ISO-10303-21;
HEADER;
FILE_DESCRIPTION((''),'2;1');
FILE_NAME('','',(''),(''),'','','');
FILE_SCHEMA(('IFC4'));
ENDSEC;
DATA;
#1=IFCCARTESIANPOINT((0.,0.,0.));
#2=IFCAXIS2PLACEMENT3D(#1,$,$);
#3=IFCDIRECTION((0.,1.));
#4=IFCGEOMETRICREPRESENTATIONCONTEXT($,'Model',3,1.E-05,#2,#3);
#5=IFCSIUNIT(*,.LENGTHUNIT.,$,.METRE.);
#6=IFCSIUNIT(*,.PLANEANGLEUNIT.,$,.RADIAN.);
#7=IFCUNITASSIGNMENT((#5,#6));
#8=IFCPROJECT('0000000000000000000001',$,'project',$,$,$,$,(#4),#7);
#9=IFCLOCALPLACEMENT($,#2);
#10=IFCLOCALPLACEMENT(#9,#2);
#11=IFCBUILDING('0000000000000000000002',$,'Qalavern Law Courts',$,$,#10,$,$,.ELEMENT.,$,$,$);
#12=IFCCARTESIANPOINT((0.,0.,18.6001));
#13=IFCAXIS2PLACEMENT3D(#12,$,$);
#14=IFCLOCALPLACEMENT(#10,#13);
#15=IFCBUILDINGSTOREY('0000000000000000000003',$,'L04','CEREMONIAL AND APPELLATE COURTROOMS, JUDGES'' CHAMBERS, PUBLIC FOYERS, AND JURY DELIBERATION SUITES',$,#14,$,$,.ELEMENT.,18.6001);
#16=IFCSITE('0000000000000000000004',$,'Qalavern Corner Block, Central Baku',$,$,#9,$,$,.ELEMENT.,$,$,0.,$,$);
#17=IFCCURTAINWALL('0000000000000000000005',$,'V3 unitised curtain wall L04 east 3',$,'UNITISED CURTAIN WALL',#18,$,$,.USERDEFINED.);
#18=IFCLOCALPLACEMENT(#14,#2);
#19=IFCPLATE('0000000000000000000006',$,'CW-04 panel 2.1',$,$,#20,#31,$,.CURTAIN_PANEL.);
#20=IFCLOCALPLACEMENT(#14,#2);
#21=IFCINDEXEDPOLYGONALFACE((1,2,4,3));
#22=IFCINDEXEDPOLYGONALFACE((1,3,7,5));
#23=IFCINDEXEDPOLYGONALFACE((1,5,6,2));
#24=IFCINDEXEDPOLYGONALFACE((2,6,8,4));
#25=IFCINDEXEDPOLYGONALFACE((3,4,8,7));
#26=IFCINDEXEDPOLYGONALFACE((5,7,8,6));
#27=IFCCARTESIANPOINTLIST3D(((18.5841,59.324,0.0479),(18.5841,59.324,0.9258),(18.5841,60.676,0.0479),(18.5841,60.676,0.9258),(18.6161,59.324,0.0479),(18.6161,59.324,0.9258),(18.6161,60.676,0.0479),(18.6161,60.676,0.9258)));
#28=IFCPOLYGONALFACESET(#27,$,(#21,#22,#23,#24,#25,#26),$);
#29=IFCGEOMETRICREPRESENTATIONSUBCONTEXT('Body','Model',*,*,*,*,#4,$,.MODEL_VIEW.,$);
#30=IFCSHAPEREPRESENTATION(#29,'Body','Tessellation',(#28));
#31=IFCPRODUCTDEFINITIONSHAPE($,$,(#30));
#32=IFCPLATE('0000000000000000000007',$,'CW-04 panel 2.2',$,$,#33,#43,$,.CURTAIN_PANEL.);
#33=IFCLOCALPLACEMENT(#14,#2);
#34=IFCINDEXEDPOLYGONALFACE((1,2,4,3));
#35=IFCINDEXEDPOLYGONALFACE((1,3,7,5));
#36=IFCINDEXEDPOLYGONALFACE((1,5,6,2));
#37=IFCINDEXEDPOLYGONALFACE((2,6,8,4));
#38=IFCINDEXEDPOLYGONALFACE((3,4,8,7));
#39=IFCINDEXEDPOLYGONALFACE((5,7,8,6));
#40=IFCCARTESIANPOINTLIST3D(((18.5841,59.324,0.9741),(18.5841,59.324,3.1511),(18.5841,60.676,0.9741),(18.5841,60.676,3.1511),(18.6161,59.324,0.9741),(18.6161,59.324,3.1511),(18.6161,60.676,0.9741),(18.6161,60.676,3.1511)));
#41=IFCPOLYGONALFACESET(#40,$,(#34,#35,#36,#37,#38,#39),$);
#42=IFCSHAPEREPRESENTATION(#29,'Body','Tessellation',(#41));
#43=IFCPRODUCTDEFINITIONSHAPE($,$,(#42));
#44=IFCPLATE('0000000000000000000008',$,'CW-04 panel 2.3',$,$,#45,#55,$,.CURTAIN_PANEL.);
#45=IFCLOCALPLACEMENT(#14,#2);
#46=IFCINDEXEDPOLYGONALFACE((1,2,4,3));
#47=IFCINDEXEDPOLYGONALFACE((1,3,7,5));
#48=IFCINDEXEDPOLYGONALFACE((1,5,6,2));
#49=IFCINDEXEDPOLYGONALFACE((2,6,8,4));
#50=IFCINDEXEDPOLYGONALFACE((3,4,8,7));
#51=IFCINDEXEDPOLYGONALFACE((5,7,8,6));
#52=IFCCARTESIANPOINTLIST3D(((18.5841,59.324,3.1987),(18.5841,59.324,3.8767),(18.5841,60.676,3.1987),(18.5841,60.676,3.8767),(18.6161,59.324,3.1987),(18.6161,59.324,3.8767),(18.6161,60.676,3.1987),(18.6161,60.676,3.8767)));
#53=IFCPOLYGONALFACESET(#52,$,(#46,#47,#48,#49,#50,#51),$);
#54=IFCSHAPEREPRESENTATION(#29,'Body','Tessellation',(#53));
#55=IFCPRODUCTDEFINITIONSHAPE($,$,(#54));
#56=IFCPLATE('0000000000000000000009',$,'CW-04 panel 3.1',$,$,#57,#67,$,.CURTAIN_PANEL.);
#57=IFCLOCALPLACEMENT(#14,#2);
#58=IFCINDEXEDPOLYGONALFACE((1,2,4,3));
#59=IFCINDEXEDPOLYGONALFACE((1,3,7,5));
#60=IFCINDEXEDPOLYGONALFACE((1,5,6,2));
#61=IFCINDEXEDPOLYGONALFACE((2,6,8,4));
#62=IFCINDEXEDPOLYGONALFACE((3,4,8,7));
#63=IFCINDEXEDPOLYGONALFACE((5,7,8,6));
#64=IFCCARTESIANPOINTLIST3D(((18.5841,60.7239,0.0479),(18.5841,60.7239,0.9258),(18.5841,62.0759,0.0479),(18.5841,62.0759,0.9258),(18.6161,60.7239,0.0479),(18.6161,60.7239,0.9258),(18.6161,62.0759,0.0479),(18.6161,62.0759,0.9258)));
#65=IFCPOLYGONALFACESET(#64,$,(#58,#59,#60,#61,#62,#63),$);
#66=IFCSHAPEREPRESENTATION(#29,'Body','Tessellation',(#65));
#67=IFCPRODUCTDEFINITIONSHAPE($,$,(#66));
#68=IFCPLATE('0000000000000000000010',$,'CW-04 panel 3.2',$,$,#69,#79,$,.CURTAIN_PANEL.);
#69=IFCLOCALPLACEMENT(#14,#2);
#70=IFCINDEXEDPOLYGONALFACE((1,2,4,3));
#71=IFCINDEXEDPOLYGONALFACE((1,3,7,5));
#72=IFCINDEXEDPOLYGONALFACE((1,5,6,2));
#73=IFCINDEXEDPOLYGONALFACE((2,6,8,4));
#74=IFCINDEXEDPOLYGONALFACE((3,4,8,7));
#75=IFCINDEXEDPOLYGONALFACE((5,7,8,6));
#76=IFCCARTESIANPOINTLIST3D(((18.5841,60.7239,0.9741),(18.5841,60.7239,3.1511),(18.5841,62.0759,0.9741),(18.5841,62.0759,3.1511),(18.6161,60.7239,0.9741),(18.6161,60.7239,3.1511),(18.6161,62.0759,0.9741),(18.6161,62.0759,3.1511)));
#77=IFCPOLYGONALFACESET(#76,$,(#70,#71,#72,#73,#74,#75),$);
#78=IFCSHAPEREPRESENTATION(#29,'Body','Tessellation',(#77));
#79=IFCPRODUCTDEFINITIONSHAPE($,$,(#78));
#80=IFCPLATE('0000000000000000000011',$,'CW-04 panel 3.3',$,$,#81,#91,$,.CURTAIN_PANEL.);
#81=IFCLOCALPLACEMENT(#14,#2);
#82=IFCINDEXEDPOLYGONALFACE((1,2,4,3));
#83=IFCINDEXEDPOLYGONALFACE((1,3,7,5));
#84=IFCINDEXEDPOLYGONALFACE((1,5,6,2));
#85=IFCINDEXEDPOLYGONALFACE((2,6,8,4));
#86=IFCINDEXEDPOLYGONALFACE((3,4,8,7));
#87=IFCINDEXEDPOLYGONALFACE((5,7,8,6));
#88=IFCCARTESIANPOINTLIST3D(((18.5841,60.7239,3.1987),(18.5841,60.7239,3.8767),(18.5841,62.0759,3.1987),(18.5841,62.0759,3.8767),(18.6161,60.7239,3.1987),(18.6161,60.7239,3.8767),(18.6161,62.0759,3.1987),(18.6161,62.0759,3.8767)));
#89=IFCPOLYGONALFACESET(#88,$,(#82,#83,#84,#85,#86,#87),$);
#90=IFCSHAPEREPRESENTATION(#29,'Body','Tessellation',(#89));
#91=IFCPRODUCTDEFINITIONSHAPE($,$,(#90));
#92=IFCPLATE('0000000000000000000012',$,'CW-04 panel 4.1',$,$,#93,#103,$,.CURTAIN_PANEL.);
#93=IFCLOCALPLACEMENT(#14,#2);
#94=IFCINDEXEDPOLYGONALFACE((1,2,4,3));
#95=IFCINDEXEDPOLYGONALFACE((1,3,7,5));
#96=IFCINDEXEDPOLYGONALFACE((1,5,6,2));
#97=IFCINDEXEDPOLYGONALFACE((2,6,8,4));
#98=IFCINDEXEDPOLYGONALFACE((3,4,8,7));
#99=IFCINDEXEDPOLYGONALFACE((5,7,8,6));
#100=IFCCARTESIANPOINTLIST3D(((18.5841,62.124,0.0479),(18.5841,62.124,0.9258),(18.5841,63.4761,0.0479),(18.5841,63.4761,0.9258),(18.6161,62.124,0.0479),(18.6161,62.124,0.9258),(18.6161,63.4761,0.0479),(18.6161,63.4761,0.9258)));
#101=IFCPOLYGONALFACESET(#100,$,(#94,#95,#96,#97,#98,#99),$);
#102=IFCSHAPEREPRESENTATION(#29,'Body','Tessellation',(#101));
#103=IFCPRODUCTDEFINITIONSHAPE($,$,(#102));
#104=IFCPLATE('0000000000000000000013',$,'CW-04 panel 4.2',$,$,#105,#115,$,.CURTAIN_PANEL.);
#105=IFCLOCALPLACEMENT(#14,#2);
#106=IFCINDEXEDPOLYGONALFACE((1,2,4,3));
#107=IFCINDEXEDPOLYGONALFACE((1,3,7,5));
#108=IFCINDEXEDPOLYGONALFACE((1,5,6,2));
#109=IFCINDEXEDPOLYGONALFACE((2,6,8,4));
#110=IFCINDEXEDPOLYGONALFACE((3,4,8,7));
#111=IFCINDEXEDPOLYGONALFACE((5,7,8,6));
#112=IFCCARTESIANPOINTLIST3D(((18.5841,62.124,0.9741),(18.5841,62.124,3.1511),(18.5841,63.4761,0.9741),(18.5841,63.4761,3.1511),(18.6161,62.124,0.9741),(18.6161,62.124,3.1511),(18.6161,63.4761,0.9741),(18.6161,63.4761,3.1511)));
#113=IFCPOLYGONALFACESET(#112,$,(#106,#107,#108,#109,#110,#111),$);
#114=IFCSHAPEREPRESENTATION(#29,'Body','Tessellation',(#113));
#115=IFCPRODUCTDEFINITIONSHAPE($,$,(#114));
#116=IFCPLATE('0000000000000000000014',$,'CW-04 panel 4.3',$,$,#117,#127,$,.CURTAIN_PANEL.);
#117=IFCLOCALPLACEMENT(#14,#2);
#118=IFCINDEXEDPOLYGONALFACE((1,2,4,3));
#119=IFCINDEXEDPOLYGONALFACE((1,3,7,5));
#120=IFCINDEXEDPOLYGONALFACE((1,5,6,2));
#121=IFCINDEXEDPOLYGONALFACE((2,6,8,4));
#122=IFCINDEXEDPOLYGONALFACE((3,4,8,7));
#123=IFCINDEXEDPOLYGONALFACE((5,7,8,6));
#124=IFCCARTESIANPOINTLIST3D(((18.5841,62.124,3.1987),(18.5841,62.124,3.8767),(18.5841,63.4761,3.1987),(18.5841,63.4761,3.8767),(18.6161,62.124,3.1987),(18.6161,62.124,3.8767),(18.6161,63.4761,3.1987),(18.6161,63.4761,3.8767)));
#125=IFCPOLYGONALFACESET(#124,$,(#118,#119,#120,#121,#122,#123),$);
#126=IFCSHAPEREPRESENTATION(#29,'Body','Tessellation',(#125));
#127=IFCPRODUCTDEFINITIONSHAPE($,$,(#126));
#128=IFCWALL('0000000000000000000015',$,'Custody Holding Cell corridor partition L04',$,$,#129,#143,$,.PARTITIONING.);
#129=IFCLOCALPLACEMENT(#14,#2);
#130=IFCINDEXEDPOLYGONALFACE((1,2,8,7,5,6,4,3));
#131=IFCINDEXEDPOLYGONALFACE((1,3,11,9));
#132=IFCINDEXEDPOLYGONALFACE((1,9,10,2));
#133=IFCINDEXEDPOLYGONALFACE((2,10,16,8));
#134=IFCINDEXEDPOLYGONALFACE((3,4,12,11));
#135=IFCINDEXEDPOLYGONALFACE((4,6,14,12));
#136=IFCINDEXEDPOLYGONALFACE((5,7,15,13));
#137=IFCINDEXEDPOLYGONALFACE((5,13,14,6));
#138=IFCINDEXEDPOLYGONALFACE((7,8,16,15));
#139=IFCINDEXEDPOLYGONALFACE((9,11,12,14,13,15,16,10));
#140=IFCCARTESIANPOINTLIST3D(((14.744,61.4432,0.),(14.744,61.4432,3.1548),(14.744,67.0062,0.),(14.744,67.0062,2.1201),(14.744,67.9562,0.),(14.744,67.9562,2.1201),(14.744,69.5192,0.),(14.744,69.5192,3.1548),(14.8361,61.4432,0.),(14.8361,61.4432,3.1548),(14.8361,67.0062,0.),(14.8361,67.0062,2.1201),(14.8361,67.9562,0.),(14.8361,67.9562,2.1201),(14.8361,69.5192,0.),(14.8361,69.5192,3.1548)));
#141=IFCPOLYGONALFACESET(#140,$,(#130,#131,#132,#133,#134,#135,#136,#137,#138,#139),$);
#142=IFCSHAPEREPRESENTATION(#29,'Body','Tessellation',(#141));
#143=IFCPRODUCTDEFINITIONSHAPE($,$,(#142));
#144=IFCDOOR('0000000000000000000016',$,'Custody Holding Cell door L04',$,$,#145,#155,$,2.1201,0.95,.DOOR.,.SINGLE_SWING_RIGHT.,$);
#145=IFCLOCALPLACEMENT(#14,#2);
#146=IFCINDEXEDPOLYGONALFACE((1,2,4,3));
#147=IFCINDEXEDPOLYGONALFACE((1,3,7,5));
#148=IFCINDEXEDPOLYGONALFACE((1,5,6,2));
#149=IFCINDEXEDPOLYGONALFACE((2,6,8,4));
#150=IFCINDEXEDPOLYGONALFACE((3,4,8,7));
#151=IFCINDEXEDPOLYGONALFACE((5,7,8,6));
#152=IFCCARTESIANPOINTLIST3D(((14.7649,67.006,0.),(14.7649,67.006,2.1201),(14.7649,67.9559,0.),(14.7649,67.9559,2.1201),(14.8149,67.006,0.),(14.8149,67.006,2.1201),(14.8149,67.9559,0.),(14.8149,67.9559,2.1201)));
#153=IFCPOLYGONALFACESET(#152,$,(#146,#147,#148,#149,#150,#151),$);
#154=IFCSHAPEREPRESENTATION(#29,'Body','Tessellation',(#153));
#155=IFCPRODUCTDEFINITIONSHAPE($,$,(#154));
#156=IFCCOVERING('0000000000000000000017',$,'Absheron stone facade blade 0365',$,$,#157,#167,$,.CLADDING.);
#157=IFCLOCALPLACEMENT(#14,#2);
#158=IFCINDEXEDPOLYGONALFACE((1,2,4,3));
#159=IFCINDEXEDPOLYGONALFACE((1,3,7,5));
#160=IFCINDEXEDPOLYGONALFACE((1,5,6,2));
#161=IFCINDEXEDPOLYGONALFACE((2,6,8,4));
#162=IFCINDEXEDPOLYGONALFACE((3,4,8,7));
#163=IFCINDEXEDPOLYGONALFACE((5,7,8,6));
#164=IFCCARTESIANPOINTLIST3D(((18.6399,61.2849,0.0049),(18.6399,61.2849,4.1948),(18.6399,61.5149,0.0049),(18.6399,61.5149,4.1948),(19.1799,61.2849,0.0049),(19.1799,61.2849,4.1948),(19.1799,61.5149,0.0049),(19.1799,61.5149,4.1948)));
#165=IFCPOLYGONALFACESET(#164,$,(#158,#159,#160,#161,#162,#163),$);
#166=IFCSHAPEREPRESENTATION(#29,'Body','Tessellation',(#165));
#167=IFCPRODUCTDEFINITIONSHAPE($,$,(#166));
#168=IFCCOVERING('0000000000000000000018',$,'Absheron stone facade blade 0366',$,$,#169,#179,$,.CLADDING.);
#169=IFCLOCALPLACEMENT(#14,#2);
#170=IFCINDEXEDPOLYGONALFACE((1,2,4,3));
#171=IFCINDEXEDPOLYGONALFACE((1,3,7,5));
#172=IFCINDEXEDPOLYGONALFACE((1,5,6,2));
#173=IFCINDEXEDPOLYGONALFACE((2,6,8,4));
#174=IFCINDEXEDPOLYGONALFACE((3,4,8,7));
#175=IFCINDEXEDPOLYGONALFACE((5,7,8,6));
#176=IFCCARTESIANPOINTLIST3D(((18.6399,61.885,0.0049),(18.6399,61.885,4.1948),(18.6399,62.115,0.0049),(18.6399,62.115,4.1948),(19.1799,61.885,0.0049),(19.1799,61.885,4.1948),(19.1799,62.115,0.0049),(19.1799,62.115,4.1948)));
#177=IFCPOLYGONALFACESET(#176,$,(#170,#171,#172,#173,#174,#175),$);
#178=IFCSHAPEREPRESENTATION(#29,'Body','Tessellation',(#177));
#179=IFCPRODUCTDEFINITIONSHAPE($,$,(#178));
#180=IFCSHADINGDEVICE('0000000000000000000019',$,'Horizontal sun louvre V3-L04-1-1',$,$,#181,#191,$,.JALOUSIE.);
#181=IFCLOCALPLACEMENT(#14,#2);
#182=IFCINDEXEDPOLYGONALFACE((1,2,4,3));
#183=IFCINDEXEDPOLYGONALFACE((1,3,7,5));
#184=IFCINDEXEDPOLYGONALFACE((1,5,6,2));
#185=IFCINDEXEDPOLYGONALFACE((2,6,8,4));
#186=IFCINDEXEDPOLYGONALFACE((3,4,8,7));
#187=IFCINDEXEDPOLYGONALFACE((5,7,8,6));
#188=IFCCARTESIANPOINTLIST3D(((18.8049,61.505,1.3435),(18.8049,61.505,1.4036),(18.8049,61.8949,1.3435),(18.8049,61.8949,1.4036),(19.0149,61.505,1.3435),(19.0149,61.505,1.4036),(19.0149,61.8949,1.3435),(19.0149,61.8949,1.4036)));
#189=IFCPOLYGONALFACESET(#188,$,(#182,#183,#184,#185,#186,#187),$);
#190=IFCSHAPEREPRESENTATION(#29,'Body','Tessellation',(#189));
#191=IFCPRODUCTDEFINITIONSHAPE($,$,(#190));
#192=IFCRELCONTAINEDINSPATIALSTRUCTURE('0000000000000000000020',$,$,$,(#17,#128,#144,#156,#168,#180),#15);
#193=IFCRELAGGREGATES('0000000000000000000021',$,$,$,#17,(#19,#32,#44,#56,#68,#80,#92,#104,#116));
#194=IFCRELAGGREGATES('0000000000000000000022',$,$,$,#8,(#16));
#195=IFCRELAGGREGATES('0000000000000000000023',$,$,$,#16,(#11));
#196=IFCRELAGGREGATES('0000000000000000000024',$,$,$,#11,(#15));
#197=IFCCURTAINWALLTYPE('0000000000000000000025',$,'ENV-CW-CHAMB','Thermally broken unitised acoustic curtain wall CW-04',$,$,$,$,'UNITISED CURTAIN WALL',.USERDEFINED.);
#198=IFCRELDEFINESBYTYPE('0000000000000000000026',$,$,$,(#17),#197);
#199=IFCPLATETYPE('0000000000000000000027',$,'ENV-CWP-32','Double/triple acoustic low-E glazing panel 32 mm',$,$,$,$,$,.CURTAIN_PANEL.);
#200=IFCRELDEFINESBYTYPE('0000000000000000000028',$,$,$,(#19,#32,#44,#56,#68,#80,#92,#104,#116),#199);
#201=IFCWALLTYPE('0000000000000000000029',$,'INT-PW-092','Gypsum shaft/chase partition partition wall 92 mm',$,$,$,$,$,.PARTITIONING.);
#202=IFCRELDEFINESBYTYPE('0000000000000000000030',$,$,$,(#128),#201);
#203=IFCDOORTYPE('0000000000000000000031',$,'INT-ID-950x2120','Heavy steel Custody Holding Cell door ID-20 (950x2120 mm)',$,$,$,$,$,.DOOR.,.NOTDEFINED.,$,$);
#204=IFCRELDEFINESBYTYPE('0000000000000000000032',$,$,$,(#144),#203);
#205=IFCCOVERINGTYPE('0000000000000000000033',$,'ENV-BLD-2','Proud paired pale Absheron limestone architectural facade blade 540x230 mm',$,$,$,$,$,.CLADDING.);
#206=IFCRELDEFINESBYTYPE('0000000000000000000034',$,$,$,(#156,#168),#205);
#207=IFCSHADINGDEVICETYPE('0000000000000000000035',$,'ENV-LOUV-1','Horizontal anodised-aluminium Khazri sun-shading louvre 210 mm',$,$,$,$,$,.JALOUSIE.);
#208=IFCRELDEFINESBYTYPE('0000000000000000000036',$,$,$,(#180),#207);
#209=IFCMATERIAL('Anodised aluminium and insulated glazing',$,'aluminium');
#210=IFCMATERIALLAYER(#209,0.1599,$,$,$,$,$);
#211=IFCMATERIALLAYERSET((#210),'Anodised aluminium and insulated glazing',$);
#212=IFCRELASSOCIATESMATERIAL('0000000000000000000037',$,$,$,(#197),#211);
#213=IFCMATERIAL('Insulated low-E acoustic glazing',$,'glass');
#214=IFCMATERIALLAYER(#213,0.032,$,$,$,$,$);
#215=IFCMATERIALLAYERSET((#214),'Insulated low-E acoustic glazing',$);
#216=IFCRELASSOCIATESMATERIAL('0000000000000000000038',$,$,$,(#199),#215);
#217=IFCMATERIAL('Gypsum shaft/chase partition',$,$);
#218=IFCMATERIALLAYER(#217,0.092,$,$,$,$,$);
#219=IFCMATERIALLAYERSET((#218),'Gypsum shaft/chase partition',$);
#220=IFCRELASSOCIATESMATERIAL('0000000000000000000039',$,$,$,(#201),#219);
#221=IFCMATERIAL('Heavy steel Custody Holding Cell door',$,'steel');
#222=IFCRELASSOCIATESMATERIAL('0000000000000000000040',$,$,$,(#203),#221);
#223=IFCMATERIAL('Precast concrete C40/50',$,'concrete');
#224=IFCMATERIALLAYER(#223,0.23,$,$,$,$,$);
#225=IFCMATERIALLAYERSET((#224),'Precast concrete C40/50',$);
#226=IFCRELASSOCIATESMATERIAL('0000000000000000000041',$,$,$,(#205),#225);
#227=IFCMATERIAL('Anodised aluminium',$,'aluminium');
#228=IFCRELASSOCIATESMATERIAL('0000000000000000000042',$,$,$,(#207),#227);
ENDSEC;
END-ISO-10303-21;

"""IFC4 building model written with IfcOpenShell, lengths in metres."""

from ifc_helpers import new_model, si_unit, direction, frame, frame_2d, origin, origin_2d, place, context, subcontext, project, spatial, rectangle, extrude, material, layer, layer_set, type_object, element, fill, aggregate, save


model = new_model("IFC4")

# Units and contexts
model_context = context("Model", 3, precision=1e-05, world=origin(), true_north=direction((0.0, 1.0)))
body_context = subcontext(model_context, "Body", "Model", "MODEL_VIEW")
ifc_project = project(units=[si_unit("LENGTHUNIT", "METRE"), si_unit("PLANEANGLEUNIT", "RADIAN")], contexts=[model_context])

# Site, building, storey
site_placement = place(None, origin())
site = spatial("IfcSite", under=ifc_project, at=site_placement, Name="Qalavern Corner Block, Central Baku", CompositionType="ELEMENT", RefElevation=0.0)
building_placement = place(site_placement, origin())
building = spatial("IfcBuilding", under=site, at=building_placement, Name="Qalavern Law Courts", CompositionType="ELEMENT")
storey_placement = place(building_placement, frame((0.0, 0.0, 18.6001)))
storey = spatial("IfcBuildingStorey", under=building, at=storey_placement, Name="L04", Description="CEREMONIAL AND APPELLATE COURTROOMS, JUDGES' CHAMBERS, PUBLIC FOYERS, AND JURY DELIBERATION SUITES", CompositionType="ELEMENT", Elevation=18.6001)

# Curtain wall
ifc_material_1 = material(Name="Anodised aluminium and insulated glazing", Category="aluminium")
ifc_layer_1 = layer(ifc_material_1, 0.1599)
ifc_layer_set_1 = layer_set([ifc_layer_1], Name="Anodised aluminium and insulated glazing")
curtain_wall_type = type_object("IfcCurtainWallType", Name="ENV-CW-CHAMB", Description="Thermally broken unitised acoustic curtain wall CW-04", ElementType="UNITISED CURTAIN WALL", PredefinedType="USERDEFINED", material=ifc_layer_set_1)
curtain_wall_placement = place(storey_placement, origin())
curtain_wall = element("IfcCurtainWall", 1, at=curtain_wall_placement, inside=storey, type_object=curtain_wall_type, Name="V3 unitised curtain wall L04 east 3", ObjectType="UNITISED CURTAIN WALL", PredefinedType="USERDEFINED")
ifc_material_2 = material(Name="Anodised aluminium", Category="aluminium")

# Plates
ifc_material_3 = material(Name="Insulated low-E acoustic glazing", Category="glass")
ifc_layer_2 = layer(ifc_material_3, 0.032)
ifc_layer_set_2 = layer_set([ifc_layer_2], Name="Insulated low-E acoustic glazing")
plate_type = type_object("IfcPlateType", Name="ENV-CWP-32", Description="Double/triple acoustic low-E glazing panel 32 mm", PredefinedType="CURTAIN_PANEL", material=ifc_layer_set_2)
plate_1_placement = place(storey_placement, frame((18.6001, 60.0, 0.0479), z_axis=(0.0, 0.0, 1.0), x_axis=(0.0, 1.0, 0.0)))
plate_1 = element("IfcPlate", 2, at=plate_1_placement, type_object=plate_type, Name="CW-04 panel 2.1", PredefinedType="CURTAIN_PANEL", context=body_context, shape_type="SweptSolid", body=[
    extrude(rectangle(XDim=1.3521, YDim=0.032, at=origin_2d()), origin(), (0.0, 0.0, 1.0), 0.8779),
])
plate_2_placement = place(storey_placement, frame((18.6001, 60.0, 0.9741), z_axis=(0.0, 0.0, 1.0), x_axis=(0.0, 1.0, 0.0)))
plate_2 = element("IfcPlate", 3, at=plate_2_placement, type_object=plate_type, Name="CW-04 panel 2.2", PredefinedType="CURTAIN_PANEL", context=body_context, shape_type="SweptSolid", body=[
    extrude(rectangle(XDim=1.3521, YDim=0.032, at=origin_2d()), origin(), (0.0, 0.0, 1.0), 2.177),
])
plate_3_placement = place(storey_placement, frame((18.6001, 60.0, 3.1987), z_axis=(0.0, 0.0, 1.0), x_axis=(0.0, 1.0, 0.0)))
plate_3 = element("IfcPlate", 4, at=plate_3_placement, type_object=plate_type, Name="CW-04 panel 2.3", PredefinedType="CURTAIN_PANEL", context=body_context, shape_type="SweptSolid", body=[
    extrude(rectangle(XDim=1.3521, YDim=0.032, at=origin_2d()), origin(), (0.0, 0.0, 1.0), 0.678),
])
plate_4_placement = place(storey_placement, frame((18.6001, 61.3999, 0.0479), z_axis=(0.0, 0.0, 1.0), x_axis=(0.0, 1.0, 0.0)))
plate_4 = element("IfcPlate", 5, at=plate_4_placement, type_object=plate_type, Name="CW-04 panel 3.1", PredefinedType="CURTAIN_PANEL", context=body_context, shape_type="SweptSolid", body=[
    extrude(rectangle(XDim=1.3521, YDim=0.032, at=origin_2d()), origin(), (0.0, 0.0, 1.0), 0.8779),
])
plate_5_placement = place(storey_placement, frame((18.6001, 61.3999, 0.9741), z_axis=(0.0, 0.0, 1.0), x_axis=(0.0, 1.0, 0.0)))
plate_5 = element("IfcPlate", 6, at=plate_5_placement, type_object=plate_type, Name="CW-04 panel 3.2", PredefinedType="CURTAIN_PANEL", context=body_context, shape_type="SweptSolid", body=[
    extrude(rectangle(XDim=1.3521, YDim=0.032, at=origin_2d()), origin(), (0.0, 0.0, 1.0), 2.177),
])
plate_6_placement = place(storey_placement, frame((18.6001, 61.3999, 3.1987), z_axis=(0.0, 0.0, 1.0), x_axis=(0.0, 1.0, 0.0)))
plate_6 = element("IfcPlate", 7, at=plate_6_placement, type_object=plate_type, Name="CW-04 panel 3.3", PredefinedType="CURTAIN_PANEL", context=body_context, shape_type="SweptSolid", body=[
    extrude(rectangle(XDim=1.3521, YDim=0.032, at=origin_2d()), origin(), (0.0, 0.0, 1.0), 0.678),
])
plate_7_placement = place(storey_placement, frame((18.6001, 62.8, 0.0479), z_axis=(0.0, 0.0, 1.0), x_axis=(0.0, 1.0, 0.0)))
plate_7 = element("IfcPlate", 8, at=plate_7_placement, type_object=plate_type, Name="CW-04 panel 4.1", PredefinedType="CURTAIN_PANEL", context=body_context, shape_type="SweptSolid", body=[
    extrude(rectangle(XDim=1.3521, YDim=0.032, at=origin_2d()), origin(), (0.0, 0.0, 1.0), 0.8779),
])
plate_8_placement = place(storey_placement, frame((18.6001, 62.8, 0.9741), z_axis=(0.0, 0.0, 1.0), x_axis=(0.0, 1.0, 0.0)))
plate_8 = element("IfcPlate", 9, at=plate_8_placement, type_object=plate_type, Name="CW-04 panel 4.2", PredefinedType="CURTAIN_PANEL", context=body_context, shape_type="SweptSolid", body=[
    extrude(rectangle(XDim=1.3521, YDim=0.032, at=origin_2d()), origin(), (0.0, 0.0, 1.0), 2.177),
])
plate_9_placement = place(storey_placement, frame((18.6001, 62.8, 3.1987), z_axis=(0.0, 0.0, 1.0), x_axis=(0.0, 1.0, 0.0)))
plate_9 = element("IfcPlate", 10, at=plate_9_placement, type_object=plate_type, Name="CW-04 panel 4.3", PredefinedType="CURTAIN_PANEL", context=body_context, shape_type="SweptSolid", body=[
    extrude(rectangle(XDim=1.3521, YDim=0.032, at=origin_2d()), origin(), (0.0, 0.0, 1.0), 0.678),
])
aggregate(curtain_wall, [plate_1, plate_2, plate_3, plate_4, plate_5, plate_6, plate_7, plate_8, plate_9])

# Wall, opening, door
ifc_material_4 = material(Name="Gypsum shaft/chase partition")
ifc_layer_3 = layer(ifc_material_4, 0.092)
ifc_layer_set_3 = layer_set([ifc_layer_3], Name="Gypsum shaft/chase partition")
wall_type = type_object("IfcWallType", Name="INT-PW-092", Description="Gypsum shaft/chase partition partition wall 92 mm", PredefinedType="PARTITIONING", material=ifc_layer_set_3)
wall_placement = place(storey_placement, frame((14.79, 61.4431, 0.0), z_axis=(0.0, 0.0, 1.0), x_axis=(0.0, 1.0, 0.0)))
wall = element("IfcWall", 11, at=wall_placement, inside=storey, type_object=wall_type, Name="Custody Holding Cell corridor partition L04", PredefinedType="PARTITIONING", context=body_context, shape_type="SweptSolid", body=[
    extrude(rectangle(XDim=8.0759, YDim=0.092, at=frame_2d((4.0381, 0.0))), origin(), (0.0, 0.0, 1.0), 3.1548),
])
opening_placement = place(wall_placement, frame((5.563, 0.0, 0.0)))
opening = element("IfcOpeningElement", 12, at=opening_placement, cuts=wall, PredefinedType="OPENING", context=body_context, shape_type="SweptSolid", body=[
    extrude(rectangle(XDim=0.95, YDim=2.1201, at=frame_2d((0.4751, 1.0601))), frame((0.0, 0.061, 0.0), z_axis=(0.0, -1.0, 0.0), x_axis=(1.0, 0.0, 0.0)), (0.0, 0.0, 1.0), 0.1218),
])
ifc_material_5 = material(Name="Heavy steel Custody Holding Cell door", Category="steel")
door_type = type_object("IfcDoorType", Name="INT-ID-950x2120", Description="Heavy steel Custody Holding Cell door ID-20 (950x2120 mm)", OperationType="NOTDEFINED", PredefinedType="DOOR", material=ifc_material_5)
door_placement = place(opening_placement, frame((0.95, 0.0, 0.0), z_axis=(0.0, 0.0, 1.0), x_axis=(-1.0, 0.0, 0.0)))
door = element("IfcDoor", 13, at=door_placement, inside=storey, type_object=door_type, Name="Custody Holding Cell door L04", OperationType="SINGLE_SWING_RIGHT", OverallHeight=2.1201, OverallWidth=0.95, PredefinedType="DOOR", context=body_context, shape_type="SweptSolid", body=[
    extrude(rectangle(XDim=0.95, YDim=2.1201, at=frame_2d((0.4751, 1.0601))), frame((0.0, 0.0249, 0.0), z_axis=(0.0, -1.0, 0.0), x_axis=(1.0, 0.0, 0.0)), (0.0, 0.0, 1.0), 0.05),
])
fill(opening, door)

# Coverings
ifc_material_6 = material(Name="Precast concrete C40/50", Category="concrete")
ifc_layer_4 = layer(ifc_material_6, 0.23)
ifc_layer_set_4 = layer_set([ifc_layer_4], Name="Precast concrete C40/50")
covering_type = type_object("IfcCoveringType", Name="ENV-BLD-2", Description="Proud paired pale Absheron limestone architectural facade blade 540x230 mm", PredefinedType="CLADDING", material=ifc_layer_set_4)
for number, where, z_axis, x_axis, name in (
    (14, (18.9099, 61.3999, 0.0049), (0.0, 0.0, 1.0), (1.0, 0.0, 0.0), "Absheron stone facade blade 0365"),
    (15, (18.9099, 62.0, 0.0049), (0.0, 0.0, 1.0), (1.0, 0.0, 0.0), "Absheron stone facade blade 0366"),
):
    element("IfcCovering", number, at=place(storey_placement, frame(where, z_axis=z_axis, x_axis=x_axis)), inside=storey, type_object=covering_type, Name=name, PredefinedType="CLADDING", context=body_context, shape_type="SweptSolid", body=[
        extrude(rectangle(XDim=0.54, YDim=0.23, at=origin_2d()), origin(), (0.0, 0.0, 1.0), 4.1899),
    ])

# Shading device
shading_device_type = type_object("IfcShadingDeviceType", Name="ENV-LOUV-1", Description="Horizontal anodised-aluminium Khazri sun-shading louvre 210 mm", PredefinedType="JALOUSIE", material=ifc_material_2)
for number, where, z_axis, x_axis, name in (
    (16, (18.9099, 61.7, 1.3435), (0.0, 0.0, 1.0), (0.0, 1.0, 0.0), "Horizontal sun louvre V3-L04-1-1"),
):
    element("IfcShadingDevice", number, at=place(storey_placement, frame(where, z_axis=z_axis, x_axis=x_axis)), inside=storey, type_object=shading_device_type, Name=name, PredefinedType="JALOUSIE", context=body_context, shape_type="SweptSolid", body=[
        extrude(rectangle(XDim=0.3899, YDim=0.21, at=origin_2d()), origin(), (0.0, 0.0, 1.0), 0.0601),
    ])

save(model, "model.ifc")
